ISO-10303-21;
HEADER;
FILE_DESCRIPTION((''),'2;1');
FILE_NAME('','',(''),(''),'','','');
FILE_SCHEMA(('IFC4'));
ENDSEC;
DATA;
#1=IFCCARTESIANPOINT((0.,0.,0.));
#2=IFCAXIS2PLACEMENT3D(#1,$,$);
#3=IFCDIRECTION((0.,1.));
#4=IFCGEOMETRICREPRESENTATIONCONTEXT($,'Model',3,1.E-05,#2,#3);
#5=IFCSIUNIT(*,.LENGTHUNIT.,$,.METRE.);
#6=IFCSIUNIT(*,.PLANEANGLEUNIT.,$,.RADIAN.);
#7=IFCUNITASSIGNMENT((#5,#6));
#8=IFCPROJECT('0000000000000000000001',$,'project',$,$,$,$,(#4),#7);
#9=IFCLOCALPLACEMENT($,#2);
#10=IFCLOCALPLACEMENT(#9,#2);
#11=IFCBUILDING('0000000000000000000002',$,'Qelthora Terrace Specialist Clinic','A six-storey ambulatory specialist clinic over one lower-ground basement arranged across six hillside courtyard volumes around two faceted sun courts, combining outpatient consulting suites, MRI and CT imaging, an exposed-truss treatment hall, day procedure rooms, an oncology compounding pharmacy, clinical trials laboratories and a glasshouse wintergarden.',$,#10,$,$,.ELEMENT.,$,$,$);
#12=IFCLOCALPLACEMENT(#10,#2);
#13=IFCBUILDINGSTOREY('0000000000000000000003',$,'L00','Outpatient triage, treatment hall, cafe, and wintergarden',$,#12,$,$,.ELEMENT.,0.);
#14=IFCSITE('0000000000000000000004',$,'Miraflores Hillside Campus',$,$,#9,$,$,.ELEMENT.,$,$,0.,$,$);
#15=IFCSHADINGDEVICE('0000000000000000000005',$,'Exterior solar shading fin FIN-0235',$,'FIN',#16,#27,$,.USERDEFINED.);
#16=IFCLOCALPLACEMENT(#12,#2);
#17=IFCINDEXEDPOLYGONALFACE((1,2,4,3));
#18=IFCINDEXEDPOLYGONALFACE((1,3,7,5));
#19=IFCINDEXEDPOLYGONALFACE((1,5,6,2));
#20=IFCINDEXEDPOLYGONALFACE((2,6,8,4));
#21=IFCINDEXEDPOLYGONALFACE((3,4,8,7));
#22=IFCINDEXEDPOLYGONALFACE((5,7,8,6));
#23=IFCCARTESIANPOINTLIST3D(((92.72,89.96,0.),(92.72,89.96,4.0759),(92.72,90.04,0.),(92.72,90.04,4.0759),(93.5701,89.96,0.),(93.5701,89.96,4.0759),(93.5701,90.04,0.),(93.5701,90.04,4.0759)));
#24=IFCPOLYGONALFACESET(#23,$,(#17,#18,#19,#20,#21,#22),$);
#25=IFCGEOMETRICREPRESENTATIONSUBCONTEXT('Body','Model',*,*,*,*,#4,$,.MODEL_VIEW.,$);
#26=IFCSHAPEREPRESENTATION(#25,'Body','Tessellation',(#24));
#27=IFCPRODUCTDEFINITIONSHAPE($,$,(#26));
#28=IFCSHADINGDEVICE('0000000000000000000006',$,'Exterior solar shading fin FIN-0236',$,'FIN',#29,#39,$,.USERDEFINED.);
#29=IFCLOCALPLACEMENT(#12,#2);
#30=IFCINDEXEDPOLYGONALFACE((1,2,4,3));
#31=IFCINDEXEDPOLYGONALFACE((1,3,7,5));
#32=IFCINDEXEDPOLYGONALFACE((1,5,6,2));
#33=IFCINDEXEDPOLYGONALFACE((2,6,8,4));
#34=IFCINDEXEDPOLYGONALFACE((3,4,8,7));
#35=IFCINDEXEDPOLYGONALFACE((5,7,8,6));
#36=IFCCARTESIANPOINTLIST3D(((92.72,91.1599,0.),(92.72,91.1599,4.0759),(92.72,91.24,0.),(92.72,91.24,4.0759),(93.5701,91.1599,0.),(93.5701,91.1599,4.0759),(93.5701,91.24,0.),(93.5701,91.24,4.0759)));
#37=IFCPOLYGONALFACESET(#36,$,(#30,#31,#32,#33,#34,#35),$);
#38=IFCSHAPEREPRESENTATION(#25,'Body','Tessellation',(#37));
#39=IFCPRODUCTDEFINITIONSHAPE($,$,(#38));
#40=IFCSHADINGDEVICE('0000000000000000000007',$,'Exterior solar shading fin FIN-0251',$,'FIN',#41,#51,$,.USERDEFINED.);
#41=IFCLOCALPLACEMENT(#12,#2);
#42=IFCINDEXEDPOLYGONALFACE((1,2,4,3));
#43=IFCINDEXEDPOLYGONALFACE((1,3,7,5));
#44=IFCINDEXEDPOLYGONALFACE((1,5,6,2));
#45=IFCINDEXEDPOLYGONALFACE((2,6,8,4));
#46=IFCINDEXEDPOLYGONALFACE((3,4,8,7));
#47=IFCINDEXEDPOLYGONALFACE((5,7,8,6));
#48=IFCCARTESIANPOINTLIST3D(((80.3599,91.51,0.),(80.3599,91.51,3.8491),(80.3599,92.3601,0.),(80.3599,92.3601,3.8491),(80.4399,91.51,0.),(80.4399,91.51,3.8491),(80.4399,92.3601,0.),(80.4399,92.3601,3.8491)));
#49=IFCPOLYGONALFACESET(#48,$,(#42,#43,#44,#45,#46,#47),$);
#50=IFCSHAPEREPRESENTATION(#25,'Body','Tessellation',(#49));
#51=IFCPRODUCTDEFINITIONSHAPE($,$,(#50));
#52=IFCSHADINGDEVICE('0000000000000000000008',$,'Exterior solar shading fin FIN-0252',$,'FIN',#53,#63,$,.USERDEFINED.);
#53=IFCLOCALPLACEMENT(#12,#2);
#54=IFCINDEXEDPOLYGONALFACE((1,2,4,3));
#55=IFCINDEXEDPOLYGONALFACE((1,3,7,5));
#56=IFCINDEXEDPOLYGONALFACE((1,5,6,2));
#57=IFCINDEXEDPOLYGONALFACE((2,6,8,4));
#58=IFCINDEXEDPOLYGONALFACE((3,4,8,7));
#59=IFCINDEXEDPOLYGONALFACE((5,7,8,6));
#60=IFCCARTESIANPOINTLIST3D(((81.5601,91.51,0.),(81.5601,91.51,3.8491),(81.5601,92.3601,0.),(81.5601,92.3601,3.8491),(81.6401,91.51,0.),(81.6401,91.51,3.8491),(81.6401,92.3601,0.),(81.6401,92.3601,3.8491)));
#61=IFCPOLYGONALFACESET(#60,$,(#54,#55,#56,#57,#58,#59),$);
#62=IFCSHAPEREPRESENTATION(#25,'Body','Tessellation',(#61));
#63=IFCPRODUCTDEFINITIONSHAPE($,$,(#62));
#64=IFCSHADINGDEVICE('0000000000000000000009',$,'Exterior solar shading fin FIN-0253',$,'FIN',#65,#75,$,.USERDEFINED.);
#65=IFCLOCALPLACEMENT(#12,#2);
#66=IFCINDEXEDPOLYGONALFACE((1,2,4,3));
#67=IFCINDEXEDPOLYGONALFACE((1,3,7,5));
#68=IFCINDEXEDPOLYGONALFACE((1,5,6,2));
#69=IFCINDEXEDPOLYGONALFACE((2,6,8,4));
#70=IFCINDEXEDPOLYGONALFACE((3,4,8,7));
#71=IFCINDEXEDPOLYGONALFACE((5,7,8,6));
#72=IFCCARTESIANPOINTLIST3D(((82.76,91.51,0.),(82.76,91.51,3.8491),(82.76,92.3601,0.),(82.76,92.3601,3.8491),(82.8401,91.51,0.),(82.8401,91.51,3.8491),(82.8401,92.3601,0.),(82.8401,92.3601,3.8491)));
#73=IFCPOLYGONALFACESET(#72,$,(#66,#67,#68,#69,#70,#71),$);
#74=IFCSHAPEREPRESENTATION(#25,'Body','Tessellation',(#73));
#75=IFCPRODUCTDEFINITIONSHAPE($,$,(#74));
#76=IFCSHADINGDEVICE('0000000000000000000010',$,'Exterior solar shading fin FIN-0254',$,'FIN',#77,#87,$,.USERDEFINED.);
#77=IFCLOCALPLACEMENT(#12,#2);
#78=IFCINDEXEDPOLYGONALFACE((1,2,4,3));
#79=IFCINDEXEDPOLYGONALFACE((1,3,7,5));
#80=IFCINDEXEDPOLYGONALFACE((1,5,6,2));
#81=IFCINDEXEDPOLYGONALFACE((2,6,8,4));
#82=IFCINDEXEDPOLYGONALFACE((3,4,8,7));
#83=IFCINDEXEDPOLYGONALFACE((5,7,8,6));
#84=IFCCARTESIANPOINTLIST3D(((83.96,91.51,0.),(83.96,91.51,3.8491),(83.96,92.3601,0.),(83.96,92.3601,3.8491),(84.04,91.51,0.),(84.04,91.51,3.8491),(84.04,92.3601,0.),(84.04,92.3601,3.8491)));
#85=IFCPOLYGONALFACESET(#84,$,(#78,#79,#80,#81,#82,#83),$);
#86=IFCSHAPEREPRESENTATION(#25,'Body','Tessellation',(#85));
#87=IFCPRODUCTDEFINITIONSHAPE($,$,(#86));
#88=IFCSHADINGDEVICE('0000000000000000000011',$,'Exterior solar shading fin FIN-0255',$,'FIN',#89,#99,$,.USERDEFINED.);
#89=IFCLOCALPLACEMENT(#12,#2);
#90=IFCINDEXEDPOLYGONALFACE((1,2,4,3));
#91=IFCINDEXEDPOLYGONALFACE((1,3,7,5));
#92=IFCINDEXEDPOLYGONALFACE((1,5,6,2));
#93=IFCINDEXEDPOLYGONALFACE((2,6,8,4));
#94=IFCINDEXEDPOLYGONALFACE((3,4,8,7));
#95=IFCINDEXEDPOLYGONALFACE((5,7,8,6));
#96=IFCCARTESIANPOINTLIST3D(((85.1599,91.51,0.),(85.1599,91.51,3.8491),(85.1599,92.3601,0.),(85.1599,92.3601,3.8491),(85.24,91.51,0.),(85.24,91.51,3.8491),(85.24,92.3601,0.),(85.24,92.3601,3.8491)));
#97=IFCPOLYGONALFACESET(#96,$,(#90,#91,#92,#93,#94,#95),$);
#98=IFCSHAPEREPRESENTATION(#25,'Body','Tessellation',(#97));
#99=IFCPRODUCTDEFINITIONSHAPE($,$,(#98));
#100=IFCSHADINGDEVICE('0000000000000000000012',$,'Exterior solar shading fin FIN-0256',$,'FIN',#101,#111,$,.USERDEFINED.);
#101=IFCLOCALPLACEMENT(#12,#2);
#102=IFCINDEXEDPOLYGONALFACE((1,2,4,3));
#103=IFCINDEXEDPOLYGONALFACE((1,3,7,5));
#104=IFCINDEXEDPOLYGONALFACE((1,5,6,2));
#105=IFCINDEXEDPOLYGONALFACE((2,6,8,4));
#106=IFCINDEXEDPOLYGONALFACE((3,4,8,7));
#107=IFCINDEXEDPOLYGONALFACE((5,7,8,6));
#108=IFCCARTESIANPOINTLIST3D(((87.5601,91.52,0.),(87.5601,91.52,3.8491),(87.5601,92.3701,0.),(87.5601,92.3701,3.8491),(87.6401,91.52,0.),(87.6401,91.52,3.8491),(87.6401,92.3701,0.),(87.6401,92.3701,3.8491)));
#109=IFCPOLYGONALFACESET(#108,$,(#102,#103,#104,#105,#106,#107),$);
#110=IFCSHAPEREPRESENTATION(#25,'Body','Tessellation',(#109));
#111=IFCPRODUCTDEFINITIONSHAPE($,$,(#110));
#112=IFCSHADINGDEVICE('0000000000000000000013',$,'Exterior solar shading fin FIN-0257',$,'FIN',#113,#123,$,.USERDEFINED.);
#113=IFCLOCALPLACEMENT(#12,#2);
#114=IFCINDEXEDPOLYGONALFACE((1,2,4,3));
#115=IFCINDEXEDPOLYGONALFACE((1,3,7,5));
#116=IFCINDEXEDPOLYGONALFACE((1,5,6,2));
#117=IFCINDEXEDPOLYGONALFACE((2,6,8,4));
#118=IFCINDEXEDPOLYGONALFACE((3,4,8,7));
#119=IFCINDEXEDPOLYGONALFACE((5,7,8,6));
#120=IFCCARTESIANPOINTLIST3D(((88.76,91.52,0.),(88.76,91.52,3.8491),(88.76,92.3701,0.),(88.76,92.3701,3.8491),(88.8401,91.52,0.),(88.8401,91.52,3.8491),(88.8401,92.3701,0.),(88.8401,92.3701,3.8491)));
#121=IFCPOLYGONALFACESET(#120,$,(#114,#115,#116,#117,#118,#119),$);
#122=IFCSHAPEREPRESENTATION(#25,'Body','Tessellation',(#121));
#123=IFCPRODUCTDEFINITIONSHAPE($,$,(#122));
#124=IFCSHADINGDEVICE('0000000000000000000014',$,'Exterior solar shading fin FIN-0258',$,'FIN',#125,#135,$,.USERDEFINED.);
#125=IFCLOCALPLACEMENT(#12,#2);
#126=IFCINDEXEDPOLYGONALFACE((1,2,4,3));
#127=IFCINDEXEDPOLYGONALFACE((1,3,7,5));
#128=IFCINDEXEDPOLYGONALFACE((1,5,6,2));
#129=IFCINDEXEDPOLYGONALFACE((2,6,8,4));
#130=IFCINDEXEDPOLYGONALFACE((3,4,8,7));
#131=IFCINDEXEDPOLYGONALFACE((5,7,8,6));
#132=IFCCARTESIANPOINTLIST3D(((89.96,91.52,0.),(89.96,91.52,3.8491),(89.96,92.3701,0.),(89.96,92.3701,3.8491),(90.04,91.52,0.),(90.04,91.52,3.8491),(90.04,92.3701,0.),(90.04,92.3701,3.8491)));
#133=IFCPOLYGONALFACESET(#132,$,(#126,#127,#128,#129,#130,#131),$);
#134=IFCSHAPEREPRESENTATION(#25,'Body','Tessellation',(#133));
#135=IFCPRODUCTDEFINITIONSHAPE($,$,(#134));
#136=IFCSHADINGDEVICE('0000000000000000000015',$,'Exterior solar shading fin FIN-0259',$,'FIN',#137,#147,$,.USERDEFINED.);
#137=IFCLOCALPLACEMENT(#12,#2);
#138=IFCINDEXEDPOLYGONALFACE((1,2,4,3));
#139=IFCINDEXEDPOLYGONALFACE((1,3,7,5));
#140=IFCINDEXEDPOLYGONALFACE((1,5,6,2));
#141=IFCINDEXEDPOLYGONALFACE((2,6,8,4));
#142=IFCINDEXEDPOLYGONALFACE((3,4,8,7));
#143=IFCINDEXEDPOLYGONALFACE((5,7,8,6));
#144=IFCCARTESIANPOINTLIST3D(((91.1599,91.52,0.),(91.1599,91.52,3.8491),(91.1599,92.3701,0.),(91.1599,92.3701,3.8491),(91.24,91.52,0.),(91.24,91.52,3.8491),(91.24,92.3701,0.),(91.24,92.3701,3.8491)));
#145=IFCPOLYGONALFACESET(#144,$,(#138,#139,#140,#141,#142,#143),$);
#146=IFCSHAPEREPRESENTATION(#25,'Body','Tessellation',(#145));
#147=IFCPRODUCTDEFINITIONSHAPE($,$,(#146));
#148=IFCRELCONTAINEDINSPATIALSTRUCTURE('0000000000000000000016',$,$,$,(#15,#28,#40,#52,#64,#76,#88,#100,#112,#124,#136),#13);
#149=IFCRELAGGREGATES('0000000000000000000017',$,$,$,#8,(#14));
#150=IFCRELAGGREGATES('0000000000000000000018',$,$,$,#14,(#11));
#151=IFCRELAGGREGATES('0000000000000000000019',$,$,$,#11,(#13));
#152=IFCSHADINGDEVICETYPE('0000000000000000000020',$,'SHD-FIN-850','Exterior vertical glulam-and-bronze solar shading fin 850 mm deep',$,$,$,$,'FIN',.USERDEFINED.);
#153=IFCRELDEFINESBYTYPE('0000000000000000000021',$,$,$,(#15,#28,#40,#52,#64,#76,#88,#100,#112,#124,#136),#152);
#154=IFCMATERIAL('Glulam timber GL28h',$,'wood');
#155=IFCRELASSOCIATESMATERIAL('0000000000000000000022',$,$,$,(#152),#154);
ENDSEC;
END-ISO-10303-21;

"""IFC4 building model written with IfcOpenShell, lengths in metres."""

from ifc_helpers import new_model, si_unit, direction, frame, origin, origin_2d, place, context, subcontext, project, spatial, rectangle, extrude, material, type_object, element, save


model = new_model("IFC4")

# Units and contexts
model_context = context("Model", 3, precision=1e-05, world=origin(), true_north=direction((0.0, 1.0)))
body_context = subcontext(model_context, "Body", "Model", "MODEL_VIEW")
ifc_project = project(units=[si_unit("LENGTHUNIT", "METRE"), si_unit("PLANEANGLEUNIT", "RADIAN")], contexts=[model_context])

# Site, building, storey
site_placement = place(None, origin())
site = spatial("IfcSite", under=ifc_project, at=site_placement, Name="Miraflores Hillside Campus", CompositionType="ELEMENT", RefElevation=0.0)
building_placement = place(site_placement, origin())
building = spatial("IfcBuilding", under=site, at=building_placement, Name="Qelthora Terrace Specialist Clinic", Description="A six-storey ambulatory specialist clinic over one lower-ground basement arranged across six hillside courtyard volumes around two faceted sun courts, combining outpatient consulting suites, MRI and CT imaging, an exposed-truss treatment hall, day procedure rooms, an oncology compounding pharmacy, clinical trials laboratories and a glasshouse wintergarden.", CompositionType="ELEMENT")
storey_placement = place(building_placement, origin())
storey = spatial("IfcBuildingStorey", under=building, at=storey_placement, Name="L00", Description="Outpatient triage, treatment hall, cafe, and wintergarden", CompositionType="ELEMENT", Elevation=0.0)

# Shading devices
ifc_material_1 = material(Name="Glulam timber GL28h", Category="wood")
shading_device_type = type_object("IfcShadingDeviceType", Name="SHD-FIN-850", Description="Exterior vertical glulam-and-bronze solar shading fin 850 mm deep", ElementType="FIN", PredefinedType="USERDEFINED", material=ifc_material_1)
for number, where, z_axis, x_axis, name in (
    (1, (93.145, 90.0, 0.0), (0.0, 0.0, 1.0), (-1.0, 0.0, 0.0), "Exterior solar shading fin FIN-0235"),
    (2, (93.145, 91.2, 0.0), (0.0, 0.0, 1.0), (-1.0, 0.0, 0.0), "Exterior solar shading fin FIN-0236"),
):
    element("IfcShadingDevice", number, at=place(storey_placement, frame(where, z_axis=z_axis, x_axis=x_axis)), inside=storey, type_object=shading_device_type, Name=name, ObjectType="FIN", PredefinedType="USERDEFINED", context=body_context, shape_type="SweptSolid", body=[
        extrude(rectangle(XDim=0.8501, YDim=0.0801, at=origin_2d()), origin(), (0.0, 0.0, 1.0), 4.0759),
    ])
for number, where, z_axis, x_axis, name in (
    (3, (80.3999, 91.9351, 0.0), (0.0, 0.0, 1.0), (0.0, -1.0, 0.0), "Exterior solar shading fin FIN-0251"),
    (4, (81.6001, 91.9351, 0.0), (0.0, 0.0, 1.0), (0.0, -1.0, 0.0), "Exterior solar shading fin FIN-0252"),
    (5, (82.8, 91.9351, 0.0), (0.0, 0.0, 1.0), (0.0, -1.0, 0.0), "Exterior solar shading fin FIN-0253"),
    (6, (84.0, 91.9351, 0.0), (0.0, 0.0, 1.0), (0.0, -1.0, 0.0), "Exterior solar shading fin FIN-0254"),
    (7, (85.2, 91.9351, 0.0), (0.0, 0.0, 1.0), (0.0, -1.0, 0.0), "Exterior solar shading fin FIN-0255"),
    (8, (87.6001, 91.9451, 0.0), (0.0, 0.0, 1.0), (0.0, -1.0, 0.0), "Exterior solar shading fin FIN-0256"),
    (9, (88.8, 91.9451, 0.0), (0.0, 0.0, 1.0), (0.0, -1.0, 0.0), "Exterior solar shading fin FIN-0257"),
    (10, (90.0, 91.9451, 0.0), (0.0, 0.0, 1.0), (0.0, -1.0, 0.0), "Exterior solar shading fin FIN-0258"),
    (11, (91.2, 91.9451, 0.0), (0.0, 0.0, 1.0), (0.0, -1.0, 0.0), "Exterior solar shading fin FIN-0259"),
):
    element("IfcShadingDevice", number, at=place(storey_placement, frame(where, z_axis=z_axis, x_axis=x_axis)), inside=storey, type_object=shading_device_type, Name=name, ObjectType="FIN", PredefinedType="USERDEFINED", context=body_context, shape_type="SweptSolid", body=[
        extrude(rectangle(XDim=0.8501, YDim=0.0801, at=origin_2d()), origin(), (0.0, 0.0, 1.0), 3.8491),
    ])

save(model, "model.ifc")
